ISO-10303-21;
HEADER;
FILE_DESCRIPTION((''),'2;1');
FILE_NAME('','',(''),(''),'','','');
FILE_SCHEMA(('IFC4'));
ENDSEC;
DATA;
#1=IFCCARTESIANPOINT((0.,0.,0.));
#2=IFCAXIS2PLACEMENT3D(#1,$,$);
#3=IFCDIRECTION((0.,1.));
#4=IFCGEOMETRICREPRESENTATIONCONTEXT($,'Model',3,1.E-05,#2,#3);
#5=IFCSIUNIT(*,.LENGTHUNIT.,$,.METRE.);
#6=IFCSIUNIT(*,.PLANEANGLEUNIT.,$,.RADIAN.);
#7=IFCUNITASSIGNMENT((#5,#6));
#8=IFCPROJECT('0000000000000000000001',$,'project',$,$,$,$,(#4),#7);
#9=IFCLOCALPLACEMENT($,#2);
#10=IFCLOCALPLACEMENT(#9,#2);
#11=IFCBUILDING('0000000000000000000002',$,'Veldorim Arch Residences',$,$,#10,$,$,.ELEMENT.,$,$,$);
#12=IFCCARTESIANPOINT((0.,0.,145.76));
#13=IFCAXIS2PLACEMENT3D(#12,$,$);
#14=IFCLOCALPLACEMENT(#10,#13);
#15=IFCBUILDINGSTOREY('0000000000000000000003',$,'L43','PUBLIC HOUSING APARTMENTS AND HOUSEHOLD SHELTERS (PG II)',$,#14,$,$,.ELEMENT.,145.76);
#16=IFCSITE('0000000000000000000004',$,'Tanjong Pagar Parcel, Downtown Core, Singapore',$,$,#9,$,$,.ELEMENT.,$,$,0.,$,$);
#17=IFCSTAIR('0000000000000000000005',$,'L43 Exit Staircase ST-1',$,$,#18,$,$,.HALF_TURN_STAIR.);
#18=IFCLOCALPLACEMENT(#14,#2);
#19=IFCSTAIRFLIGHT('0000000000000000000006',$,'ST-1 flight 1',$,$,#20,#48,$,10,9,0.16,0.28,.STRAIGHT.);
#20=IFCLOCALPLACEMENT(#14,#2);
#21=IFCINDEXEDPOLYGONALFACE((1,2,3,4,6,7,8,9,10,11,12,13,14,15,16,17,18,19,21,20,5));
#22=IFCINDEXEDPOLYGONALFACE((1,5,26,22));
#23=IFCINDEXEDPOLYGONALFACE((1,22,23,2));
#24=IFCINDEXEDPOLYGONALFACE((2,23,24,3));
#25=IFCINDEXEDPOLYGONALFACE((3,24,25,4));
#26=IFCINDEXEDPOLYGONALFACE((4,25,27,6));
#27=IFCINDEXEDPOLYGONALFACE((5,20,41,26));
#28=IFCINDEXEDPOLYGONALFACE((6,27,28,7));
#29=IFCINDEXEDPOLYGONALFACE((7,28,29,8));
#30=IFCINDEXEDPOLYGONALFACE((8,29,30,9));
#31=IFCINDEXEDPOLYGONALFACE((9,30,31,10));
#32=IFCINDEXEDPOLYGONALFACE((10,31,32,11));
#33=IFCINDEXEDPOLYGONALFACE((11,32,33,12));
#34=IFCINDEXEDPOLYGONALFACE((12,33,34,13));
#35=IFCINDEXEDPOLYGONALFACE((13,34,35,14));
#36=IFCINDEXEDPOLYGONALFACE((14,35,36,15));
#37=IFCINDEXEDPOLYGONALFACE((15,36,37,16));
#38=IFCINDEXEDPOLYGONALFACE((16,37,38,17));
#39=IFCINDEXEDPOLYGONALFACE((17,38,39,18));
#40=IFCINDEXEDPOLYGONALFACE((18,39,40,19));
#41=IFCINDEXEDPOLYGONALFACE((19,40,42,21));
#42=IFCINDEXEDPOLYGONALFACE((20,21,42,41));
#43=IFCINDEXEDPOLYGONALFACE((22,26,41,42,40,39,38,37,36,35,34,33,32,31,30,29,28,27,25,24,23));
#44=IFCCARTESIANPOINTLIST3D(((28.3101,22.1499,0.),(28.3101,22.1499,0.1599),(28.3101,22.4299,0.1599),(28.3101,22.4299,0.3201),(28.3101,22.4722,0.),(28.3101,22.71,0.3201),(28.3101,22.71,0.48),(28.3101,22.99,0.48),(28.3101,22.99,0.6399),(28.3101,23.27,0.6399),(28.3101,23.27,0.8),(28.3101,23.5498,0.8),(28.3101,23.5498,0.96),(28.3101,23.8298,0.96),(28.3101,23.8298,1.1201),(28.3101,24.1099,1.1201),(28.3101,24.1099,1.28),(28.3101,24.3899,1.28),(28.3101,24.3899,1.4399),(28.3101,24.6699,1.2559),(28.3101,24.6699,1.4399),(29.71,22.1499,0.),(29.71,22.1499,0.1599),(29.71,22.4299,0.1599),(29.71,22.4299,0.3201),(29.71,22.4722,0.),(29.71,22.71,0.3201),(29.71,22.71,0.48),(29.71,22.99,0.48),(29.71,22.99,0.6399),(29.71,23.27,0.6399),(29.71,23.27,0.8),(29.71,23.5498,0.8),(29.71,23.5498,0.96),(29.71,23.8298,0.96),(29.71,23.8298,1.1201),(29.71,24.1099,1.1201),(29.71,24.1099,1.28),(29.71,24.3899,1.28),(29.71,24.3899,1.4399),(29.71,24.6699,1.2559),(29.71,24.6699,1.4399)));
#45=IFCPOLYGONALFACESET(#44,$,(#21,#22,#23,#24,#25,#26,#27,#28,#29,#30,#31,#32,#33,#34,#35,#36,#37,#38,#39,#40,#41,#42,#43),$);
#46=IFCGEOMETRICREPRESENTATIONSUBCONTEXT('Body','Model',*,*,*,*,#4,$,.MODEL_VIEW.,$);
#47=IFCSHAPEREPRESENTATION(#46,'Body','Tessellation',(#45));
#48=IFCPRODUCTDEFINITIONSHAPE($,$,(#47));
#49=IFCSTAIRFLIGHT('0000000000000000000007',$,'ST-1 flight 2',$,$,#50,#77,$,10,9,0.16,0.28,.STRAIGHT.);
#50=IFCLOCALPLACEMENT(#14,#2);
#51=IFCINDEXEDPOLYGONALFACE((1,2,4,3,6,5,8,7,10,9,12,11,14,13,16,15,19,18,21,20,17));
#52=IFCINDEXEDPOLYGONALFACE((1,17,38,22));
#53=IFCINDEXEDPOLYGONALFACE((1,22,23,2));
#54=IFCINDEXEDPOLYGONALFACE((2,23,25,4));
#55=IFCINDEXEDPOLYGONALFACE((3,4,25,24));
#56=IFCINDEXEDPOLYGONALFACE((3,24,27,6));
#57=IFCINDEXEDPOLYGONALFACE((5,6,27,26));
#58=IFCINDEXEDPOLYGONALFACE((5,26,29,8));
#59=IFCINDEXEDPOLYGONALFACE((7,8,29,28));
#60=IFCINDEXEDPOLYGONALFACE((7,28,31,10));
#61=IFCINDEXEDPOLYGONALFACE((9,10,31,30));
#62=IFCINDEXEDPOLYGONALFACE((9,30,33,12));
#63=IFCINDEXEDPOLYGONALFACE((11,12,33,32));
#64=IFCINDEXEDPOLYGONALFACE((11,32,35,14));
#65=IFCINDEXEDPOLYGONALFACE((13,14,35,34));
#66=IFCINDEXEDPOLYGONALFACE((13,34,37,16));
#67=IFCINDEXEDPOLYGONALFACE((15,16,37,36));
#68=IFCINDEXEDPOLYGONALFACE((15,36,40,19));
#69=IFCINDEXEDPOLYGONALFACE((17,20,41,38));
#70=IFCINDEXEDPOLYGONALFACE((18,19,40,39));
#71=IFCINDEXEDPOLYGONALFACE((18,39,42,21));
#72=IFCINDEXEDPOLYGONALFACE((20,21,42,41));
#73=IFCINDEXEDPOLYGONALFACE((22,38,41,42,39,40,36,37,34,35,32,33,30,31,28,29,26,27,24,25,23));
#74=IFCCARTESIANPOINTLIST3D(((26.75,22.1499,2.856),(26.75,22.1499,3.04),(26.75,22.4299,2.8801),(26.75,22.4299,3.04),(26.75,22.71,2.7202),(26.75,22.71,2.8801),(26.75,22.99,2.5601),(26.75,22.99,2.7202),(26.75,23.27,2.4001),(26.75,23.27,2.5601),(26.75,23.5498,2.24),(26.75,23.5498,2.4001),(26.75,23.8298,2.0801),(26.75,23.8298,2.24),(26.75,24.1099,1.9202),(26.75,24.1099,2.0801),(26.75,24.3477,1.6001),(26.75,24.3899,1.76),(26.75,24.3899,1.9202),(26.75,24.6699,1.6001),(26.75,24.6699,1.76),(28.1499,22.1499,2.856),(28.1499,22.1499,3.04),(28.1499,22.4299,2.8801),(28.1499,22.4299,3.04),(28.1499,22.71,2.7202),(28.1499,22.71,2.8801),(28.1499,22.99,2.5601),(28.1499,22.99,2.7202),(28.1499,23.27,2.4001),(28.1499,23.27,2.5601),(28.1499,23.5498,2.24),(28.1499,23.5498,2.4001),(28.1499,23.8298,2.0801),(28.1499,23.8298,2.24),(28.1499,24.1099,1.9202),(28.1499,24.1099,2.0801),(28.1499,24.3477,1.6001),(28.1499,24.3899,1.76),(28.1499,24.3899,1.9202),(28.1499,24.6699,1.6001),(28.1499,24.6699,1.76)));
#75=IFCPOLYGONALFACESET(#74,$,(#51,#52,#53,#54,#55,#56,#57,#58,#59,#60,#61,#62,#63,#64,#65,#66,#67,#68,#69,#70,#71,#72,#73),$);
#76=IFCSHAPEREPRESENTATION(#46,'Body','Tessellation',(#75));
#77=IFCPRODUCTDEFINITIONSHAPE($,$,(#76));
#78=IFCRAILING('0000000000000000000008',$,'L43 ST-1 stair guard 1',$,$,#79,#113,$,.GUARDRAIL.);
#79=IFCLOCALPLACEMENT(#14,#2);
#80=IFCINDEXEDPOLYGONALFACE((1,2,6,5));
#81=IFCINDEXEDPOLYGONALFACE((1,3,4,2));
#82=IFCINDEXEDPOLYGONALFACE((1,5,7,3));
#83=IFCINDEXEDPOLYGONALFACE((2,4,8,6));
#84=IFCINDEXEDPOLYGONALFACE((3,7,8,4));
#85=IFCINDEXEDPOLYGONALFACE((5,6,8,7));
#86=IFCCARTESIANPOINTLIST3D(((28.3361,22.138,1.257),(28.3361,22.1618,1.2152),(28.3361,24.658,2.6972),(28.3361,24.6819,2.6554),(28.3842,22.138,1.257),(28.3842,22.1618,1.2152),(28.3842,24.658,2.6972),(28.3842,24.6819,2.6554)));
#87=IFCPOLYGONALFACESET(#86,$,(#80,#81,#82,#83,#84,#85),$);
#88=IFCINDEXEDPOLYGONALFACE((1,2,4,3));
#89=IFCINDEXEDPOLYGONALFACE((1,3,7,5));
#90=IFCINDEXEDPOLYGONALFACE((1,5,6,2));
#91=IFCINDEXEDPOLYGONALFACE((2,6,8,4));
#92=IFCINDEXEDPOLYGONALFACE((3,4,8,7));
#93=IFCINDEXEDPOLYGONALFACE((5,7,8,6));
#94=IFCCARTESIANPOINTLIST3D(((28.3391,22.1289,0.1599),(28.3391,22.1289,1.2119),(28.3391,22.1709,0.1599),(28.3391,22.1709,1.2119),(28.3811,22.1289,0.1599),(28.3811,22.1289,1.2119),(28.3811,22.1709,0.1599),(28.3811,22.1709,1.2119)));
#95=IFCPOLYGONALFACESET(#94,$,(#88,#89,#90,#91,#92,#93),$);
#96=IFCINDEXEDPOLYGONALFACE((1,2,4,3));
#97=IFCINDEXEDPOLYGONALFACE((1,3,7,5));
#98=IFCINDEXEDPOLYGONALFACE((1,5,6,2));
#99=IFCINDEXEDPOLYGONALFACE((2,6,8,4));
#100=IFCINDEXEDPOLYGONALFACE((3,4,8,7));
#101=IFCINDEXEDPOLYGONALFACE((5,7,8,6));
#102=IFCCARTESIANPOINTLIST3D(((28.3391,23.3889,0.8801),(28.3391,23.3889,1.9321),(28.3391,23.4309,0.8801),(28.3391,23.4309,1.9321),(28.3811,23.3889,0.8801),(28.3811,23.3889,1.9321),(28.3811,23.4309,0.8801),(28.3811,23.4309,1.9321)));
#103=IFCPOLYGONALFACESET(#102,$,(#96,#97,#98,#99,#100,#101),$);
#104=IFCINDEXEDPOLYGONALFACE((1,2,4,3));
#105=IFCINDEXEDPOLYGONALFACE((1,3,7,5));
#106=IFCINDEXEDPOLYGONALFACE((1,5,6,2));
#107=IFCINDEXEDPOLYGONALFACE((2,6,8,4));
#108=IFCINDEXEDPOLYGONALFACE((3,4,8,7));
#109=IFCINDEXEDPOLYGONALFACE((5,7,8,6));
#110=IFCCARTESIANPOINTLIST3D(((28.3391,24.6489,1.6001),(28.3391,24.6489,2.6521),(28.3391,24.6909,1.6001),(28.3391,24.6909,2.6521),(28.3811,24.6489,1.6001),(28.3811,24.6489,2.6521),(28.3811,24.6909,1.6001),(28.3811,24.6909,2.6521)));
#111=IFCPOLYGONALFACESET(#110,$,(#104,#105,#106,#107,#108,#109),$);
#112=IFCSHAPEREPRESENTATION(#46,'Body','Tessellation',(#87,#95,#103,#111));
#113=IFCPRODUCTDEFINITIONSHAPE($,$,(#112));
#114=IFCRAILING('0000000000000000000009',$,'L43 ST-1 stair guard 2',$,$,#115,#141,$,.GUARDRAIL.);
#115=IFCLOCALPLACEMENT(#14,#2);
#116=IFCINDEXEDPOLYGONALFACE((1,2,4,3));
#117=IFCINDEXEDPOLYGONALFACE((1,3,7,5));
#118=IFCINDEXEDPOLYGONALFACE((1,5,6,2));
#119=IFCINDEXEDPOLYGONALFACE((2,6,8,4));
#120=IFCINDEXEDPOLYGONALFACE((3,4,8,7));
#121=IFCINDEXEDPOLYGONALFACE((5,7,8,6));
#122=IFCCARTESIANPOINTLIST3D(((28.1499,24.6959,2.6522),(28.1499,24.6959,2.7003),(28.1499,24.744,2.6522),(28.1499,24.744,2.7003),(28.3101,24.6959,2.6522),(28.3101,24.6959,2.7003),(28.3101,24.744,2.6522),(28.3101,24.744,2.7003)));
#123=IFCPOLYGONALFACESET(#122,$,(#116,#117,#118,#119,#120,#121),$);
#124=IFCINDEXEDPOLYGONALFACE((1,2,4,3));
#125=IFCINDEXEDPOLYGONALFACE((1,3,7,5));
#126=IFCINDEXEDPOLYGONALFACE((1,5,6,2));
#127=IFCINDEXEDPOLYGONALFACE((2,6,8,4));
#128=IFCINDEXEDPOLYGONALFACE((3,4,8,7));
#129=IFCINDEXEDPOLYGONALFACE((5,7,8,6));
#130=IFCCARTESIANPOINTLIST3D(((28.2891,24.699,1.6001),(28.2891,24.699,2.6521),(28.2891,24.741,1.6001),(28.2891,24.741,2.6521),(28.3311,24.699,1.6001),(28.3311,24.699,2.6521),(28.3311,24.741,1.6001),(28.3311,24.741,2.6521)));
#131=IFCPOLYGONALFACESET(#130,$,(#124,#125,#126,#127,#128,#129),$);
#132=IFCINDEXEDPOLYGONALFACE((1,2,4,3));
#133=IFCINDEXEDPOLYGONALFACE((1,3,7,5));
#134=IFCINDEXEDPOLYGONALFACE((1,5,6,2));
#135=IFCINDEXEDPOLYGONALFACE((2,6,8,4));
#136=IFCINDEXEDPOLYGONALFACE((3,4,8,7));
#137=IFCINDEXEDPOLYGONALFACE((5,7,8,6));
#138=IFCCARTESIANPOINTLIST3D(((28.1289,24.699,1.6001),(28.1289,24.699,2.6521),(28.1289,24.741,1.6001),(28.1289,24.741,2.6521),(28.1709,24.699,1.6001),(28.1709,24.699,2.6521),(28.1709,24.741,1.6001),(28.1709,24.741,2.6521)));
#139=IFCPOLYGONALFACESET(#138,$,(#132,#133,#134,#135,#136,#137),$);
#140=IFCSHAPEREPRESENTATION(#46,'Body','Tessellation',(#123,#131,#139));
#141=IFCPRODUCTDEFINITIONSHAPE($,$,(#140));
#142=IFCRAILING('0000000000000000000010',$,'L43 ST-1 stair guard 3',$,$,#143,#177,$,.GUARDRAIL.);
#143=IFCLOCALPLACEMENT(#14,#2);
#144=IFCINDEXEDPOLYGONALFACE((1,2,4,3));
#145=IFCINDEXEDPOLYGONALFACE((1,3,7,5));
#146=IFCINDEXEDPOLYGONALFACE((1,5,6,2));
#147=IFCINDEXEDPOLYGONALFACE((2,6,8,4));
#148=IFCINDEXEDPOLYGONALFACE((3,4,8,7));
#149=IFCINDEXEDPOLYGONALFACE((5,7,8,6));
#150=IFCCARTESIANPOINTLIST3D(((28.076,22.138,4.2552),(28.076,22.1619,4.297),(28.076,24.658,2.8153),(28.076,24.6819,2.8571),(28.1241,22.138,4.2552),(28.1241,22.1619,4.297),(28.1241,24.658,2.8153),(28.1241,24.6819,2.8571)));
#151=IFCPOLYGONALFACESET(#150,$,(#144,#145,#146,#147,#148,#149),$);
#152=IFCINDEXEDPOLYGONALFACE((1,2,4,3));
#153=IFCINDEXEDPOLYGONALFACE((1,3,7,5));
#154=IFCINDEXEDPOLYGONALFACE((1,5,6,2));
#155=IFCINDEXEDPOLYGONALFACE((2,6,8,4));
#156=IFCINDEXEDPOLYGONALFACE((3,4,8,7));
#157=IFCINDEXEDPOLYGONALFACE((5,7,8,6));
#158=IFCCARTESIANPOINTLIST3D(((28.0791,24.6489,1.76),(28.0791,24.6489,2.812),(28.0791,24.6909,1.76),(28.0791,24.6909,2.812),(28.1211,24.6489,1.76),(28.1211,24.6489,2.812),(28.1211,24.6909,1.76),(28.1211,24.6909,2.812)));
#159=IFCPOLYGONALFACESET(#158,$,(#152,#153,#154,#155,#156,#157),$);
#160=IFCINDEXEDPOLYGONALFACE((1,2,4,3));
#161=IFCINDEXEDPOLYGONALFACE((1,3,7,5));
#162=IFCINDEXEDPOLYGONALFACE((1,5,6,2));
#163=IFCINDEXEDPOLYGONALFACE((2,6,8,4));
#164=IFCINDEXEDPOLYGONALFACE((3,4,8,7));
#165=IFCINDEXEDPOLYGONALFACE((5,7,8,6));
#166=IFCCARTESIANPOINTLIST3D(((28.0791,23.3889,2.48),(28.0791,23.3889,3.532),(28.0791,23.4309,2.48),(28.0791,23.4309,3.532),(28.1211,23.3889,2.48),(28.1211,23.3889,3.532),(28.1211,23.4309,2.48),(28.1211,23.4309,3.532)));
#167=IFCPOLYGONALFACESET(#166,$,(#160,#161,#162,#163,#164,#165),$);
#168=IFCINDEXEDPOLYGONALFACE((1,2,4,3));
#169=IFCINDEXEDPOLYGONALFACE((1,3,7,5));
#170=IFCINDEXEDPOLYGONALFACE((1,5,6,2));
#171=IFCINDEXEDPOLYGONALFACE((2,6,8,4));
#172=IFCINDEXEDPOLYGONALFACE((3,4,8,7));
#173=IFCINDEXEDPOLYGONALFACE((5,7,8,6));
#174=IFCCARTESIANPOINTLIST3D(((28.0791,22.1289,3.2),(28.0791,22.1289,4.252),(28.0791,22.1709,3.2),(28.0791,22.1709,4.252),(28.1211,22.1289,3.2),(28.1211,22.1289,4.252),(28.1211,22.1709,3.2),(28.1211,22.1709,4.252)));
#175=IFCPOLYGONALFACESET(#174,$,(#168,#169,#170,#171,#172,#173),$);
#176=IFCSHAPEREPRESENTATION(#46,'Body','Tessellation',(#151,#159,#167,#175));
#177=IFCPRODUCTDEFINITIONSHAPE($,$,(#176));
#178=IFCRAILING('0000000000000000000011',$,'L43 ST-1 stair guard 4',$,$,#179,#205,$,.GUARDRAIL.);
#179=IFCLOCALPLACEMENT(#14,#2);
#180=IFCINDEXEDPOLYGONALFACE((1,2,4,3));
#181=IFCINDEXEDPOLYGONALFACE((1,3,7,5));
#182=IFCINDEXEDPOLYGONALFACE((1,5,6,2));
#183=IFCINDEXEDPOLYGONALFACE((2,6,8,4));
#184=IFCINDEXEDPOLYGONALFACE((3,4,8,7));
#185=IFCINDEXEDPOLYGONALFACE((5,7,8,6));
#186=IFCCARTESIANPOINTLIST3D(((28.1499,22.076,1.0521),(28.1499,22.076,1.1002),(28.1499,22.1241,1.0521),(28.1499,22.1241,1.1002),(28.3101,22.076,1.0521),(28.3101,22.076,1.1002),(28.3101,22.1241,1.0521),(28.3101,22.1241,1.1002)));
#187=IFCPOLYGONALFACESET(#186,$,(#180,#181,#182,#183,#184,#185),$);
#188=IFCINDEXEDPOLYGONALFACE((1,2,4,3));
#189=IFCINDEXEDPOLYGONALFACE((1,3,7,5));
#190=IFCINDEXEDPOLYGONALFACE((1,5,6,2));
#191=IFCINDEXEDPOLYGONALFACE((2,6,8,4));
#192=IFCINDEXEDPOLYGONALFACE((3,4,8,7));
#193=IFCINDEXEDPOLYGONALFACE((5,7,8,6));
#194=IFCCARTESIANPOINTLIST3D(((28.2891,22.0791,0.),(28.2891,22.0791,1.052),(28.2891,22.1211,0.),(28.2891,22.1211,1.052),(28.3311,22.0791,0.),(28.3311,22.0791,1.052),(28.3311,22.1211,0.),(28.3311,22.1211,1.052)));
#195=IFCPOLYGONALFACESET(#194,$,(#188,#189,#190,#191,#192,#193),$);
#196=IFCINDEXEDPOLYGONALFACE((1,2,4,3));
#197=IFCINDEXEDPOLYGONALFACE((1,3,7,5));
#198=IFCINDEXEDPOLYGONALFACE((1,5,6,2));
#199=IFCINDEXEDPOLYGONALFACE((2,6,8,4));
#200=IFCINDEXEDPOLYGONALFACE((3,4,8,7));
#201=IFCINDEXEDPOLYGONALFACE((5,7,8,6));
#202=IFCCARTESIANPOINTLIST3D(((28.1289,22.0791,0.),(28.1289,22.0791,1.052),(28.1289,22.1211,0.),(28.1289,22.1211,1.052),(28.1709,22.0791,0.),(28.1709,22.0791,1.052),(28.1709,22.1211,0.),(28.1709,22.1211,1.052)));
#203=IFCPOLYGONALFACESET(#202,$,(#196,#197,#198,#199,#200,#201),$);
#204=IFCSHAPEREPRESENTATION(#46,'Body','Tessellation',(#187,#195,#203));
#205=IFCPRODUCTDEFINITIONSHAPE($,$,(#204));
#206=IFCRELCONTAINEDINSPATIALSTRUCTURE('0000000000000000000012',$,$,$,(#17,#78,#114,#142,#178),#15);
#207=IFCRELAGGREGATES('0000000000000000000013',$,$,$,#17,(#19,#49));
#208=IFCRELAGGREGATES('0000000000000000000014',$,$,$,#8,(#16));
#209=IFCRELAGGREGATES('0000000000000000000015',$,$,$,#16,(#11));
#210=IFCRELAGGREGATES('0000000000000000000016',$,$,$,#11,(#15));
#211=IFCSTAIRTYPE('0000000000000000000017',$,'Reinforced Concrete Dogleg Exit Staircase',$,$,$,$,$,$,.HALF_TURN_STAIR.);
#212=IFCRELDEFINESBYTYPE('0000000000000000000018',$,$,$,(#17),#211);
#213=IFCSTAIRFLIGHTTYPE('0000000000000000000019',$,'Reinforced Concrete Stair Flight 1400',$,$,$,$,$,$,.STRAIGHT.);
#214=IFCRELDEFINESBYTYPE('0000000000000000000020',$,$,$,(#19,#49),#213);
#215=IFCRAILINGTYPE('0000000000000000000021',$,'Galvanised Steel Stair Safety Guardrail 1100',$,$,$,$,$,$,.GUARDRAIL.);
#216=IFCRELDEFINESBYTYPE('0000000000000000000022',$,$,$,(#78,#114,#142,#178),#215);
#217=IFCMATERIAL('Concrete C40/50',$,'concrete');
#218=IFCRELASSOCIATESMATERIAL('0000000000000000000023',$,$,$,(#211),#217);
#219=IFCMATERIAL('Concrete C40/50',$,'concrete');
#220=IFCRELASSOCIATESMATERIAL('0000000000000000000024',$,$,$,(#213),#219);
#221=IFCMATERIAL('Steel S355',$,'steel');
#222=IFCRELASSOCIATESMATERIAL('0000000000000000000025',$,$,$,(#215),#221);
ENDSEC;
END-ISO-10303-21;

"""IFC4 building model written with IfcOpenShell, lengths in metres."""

from ifc_helpers import new_model, si_unit, direction, frame, origin, origin_2d, place, context, subcontext, project, spatial, polyline, rectangle, outline, extrude, material, type_object, element, aggregate, save


model = new_model("IFC4")

# Units and contexts
model_context = context("Model", 3, precision=1e-05, world=origin(), true_north=direction((0.0, 1.0)))
body_context = subcontext(model_context, "Body", "Model", "MODEL_VIEW")
ifc_project = project(units=[si_unit("LENGTHUNIT", "METRE"), si_unit("PLANEANGLEUNIT", "RADIAN")], contexts=[model_context])

# Site, building, storey
site_placement = place(None, origin())
site = spatial("IfcSite", under=ifc_project, at=site_placement, Name="Tanjong Pagar Parcel, Downtown Core, Singapore", CompositionType="ELEMENT", RefElevation=0.0)
building_placement = place(site_placement, origin())
building = spatial("IfcBuilding", under=site, at=building_placement, Name="Veldorim Arch Residences", CompositionType="ELEMENT")
storey_placement = place(building_placement, frame((0.0, 0.0, 145.76)))
storey = spatial("IfcBuildingStorey", under=building, at=storey_placement, Name="L43", Description="PUBLIC HOUSING APARTMENTS AND HOUSEHOLD SHELTERS (PG II)", CompositionType="ELEMENT", Elevation=145.76)

# Stair, stair flights
ifc_material_1 = material(Name="Concrete C40/50", Category="concrete")
stair_type = type_object("IfcStairType", Name="Reinforced Concrete Dogleg Exit Staircase", PredefinedType="HALF_TURN_STAIR", material=ifc_material_1)
stair_placement = place(storey_placement, origin())
stair = element("IfcStair", 1, at=stair_placement, inside=storey, type_object=stair_type, Name="L43 Exit Staircase ST-1", PredefinedType="HALF_TURN_STAIR")
ifc_material_2 = material(Name="Concrete C40/50", Category="concrete")
stair_flight_type = type_object("IfcStairFlightType", Name="Reinforced Concrete Stair Flight 1400", PredefinedType="STRAIGHT", material=ifc_material_2)
stair_flight_1_placement = place(storey_placement, frame((29.01, 22.1499, 0.0), z_axis=(0.0, 0.0, 1.0), x_axis=(0.0, 1.0, 0.0)))
stair_flight_1 = element("IfcStairFlight", 2, at=stair_flight_1_placement, type_object=stair_flight_type, Name="ST-1 flight 1", NumberOfRisers=10, NumberOfTreads=9, PredefinedType="STRAIGHT", RiserHeight=0.16, TreadLength=0.28, context=body_context, shape_type="SweptSolid", body=[
    extrude(outline(polyline([(0.0, 0.0), (0.0, 0.1599), (0.28, 0.1599), (0.28, 0.3201), (0.5601, 0.3201), (0.5601, 0.48), (0.8401, 0.48), (0.8401, 0.6399), (1.1201, 0.6399), (1.1201, 0.8), (1.3999, 0.8), (1.3999, 0.96), (1.6799, 0.96), (1.6799, 1.1201), (1.96, 1.1201), (1.96, 1.28), (2.24, 1.28), (2.24, 1.4399), (2.52, 1.4399), (2.52, 1.6001), (2.52, 1.2559), (0.3223, 0.0), (0.0, 0.0)])), frame((0.0, 0.7, 0.0), z_axis=(0.0, -1.0, 0.0), x_axis=(1.0, 0.0, 0.0)), (0.0, 0.0, 1.0), 1.3999),
])
stair_flight_2_placement = place(storey_placement, frame((27.45, 24.6699, 1.6001), z_axis=(0.0, 0.0, 1.0), x_axis=(0.0, -1.0, 0.0)))
stair_flight_2 = element("IfcStairFlight", 3, at=stair_flight_2_placement, type_object=stair_flight_type, Name="ST-1 flight 2", NumberOfRisers=10, NumberOfTreads=9, PredefinedType="STRAIGHT", RiserHeight=0.16, TreadLength=0.28, context=body_context, shape_type="SweptSolid", body=[
    extrude(outline(polyline([(0.0, 0.0), (0.0, 0.1599), (0.28, 0.1599), (0.28, 0.3201), (0.5601, 0.3201), (0.5601, 0.48), (0.8401, 0.48), (0.8401, 0.6399), (1.1201, 0.6399), (1.1201, 0.8), (1.3999, 0.8), (1.3999, 0.96), (1.6799, 0.96), (1.6799, 1.1201), (1.96, 1.1201), (1.96, 1.28), (2.24, 1.28), (2.24, 1.4399), (2.52, 1.4399), (2.52, 1.6001), (2.52, 1.2559), (0.3223, 0.0), (0.0, 0.0)])), frame((0.0, 0.7, 0.0), z_axis=(0.0, -1.0, 0.0), x_axis=(1.0, 0.0, 0.0)), (0.0, 0.0, 1.0), 1.3999),
])
aggregate(stair, [stair_flight_1, stair_flight_2])

# Railings
ifc_material_3 = material(Name="Steel S355", Category="steel")
railing_type_1 = type_object("IfcRailingType", Name="Galvanised Steel Stair Safety Guardrail 1100", PredefinedType="GUARDRAIL", material=ifc_material_3)
railing_1_placement = place(storey_placement, frame((28.3601, 22.1499, 0.1599)))
element("IfcRailing", 4, at=railing_1_placement, inside=storey, type_object=railing_type_1, Name="L43 ST-1 stair guard 1", PredefinedType="GUARDRAIL", context=body_context, shape_type="SweptSolid", body=[
    extrude(rectangle(XDim=0.0481, YDim=0.0481, at=origin_2d()), frame((0.0, 0.0, 1.0762), z_axis=(0.0, 0.868217, 0.496184), x_axis=(-1.0, 0.0, 0.0)), (0.0, 0.0, 1.0), 2.9026),
    extrude(rectangle(XDim=0.042, YDim=0.042, at=origin_2d()), origin(), (0.0, 0.0, 1.0), 1.052),
    extrude(rectangle(XDim=0.042, YDim=0.042, at=origin_2d()), frame((0.0, 1.26, 0.7202)), (0.0, 0.0, 1.0), 1.052),
    extrude(rectangle(XDim=0.042, YDim=0.042, at=origin_2d()), frame((0.0, 2.52, 1.4402)), (0.0, 0.0, 1.0), 1.052),
])
railing_2_placement = place(storey_placement, frame((28.3101, 24.72, 1.6001)))
element("IfcRailing", 5, at=railing_2_placement, inside=storey, type_object=railing_type_1, Name="L43 ST-1 stair guard 2", PredefinedType="GUARDRAIL", context=body_context, shape_type="SweptSolid", body=[
    extrude(rectangle(XDim=0.0481, YDim=0.0481, at=origin_2d()), frame((0.0, 0.0, 1.0762), z_axis=(-1.0, 0.0, 0.0), x_axis=(0.0, -1.0, 0.0)), (0.0, 0.0, 1.0), 0.1602),
    extrude(rectangle(XDim=0.042, YDim=0.042, at=origin_2d()), origin(), (0.0, 0.0, 1.0), 1.052),
    extrude(rectangle(XDim=0.042, YDim=0.042, at=origin_2d()), frame((-0.1602, 0.0, 0.0)), (0.0, 0.0, 1.0), 1.052),
])
railing_3_placement = place(storey_placement, frame((28.1001, 24.6699, 1.76)))
element("IfcRailing", 6, at=railing_3_placement, inside=storey, type_object=railing_type_1, Name="L43 ST-1 stair guard 3", PredefinedType="GUARDRAIL", context=body_context, shape_type="SweptSolid", body=[
    extrude(rectangle(XDim=0.0481, YDim=0.0481, at=origin_2d()), frame((0.0, 0.0, 1.0762), z_axis=(0.0, -0.868253, 0.496121), x_axis=(1.0, 0.0, 0.0)), (0.0, 0.0, 1.0), 2.9023),
    extrude(rectangle(XDim=0.042, YDim=0.042, at=origin_2d()), origin(), (0.0, 0.0, 1.0), 1.052),
    extrude(rectangle(XDim=0.042, YDim=0.042, at=origin_2d()), frame((0.0, -1.26, 0.72)), (0.0, 0.0, 1.0), 1.052),
    extrude(rectangle(XDim=0.042, YDim=0.042, at=origin_2d()), frame((0.0, -2.52, 1.4399)), (0.0, 0.0, 1.0), 1.052),
])
railing_4_placement = place(storey_placement, frame((28.3101, 22.1001, 0.0)))
element("IfcRailing", 7, at=railing_4_placement, inside=storey, type_object=railing_type_1, Name="L43 ST-1 stair guard 4", PredefinedType="GUARDRAIL", context=body_context, shape_type="SweptSolid", body=[
    extrude(rectangle(XDim=0.0481, YDim=0.0481, at=origin_2d()), frame((0.0, 0.0, 1.0762), z_axis=(-1.0, 0.0, 0.0), x_axis=(0.0, -1.0, 0.0)), (0.0, 0.0, 1.0), 0.1602),
    extrude(rectangle(XDim=0.042, YDim=0.042, at=origin_2d()), origin(), (0.0, 0.0, 1.0), 1.052),
    extrude(rectangle(XDim=0.042, YDim=0.042, at=origin_2d()), frame((-0.1602, 0.0, 0.0)), (0.0, 0.0, 1.0), 1.052),
])

save(model, "model.ifc")
